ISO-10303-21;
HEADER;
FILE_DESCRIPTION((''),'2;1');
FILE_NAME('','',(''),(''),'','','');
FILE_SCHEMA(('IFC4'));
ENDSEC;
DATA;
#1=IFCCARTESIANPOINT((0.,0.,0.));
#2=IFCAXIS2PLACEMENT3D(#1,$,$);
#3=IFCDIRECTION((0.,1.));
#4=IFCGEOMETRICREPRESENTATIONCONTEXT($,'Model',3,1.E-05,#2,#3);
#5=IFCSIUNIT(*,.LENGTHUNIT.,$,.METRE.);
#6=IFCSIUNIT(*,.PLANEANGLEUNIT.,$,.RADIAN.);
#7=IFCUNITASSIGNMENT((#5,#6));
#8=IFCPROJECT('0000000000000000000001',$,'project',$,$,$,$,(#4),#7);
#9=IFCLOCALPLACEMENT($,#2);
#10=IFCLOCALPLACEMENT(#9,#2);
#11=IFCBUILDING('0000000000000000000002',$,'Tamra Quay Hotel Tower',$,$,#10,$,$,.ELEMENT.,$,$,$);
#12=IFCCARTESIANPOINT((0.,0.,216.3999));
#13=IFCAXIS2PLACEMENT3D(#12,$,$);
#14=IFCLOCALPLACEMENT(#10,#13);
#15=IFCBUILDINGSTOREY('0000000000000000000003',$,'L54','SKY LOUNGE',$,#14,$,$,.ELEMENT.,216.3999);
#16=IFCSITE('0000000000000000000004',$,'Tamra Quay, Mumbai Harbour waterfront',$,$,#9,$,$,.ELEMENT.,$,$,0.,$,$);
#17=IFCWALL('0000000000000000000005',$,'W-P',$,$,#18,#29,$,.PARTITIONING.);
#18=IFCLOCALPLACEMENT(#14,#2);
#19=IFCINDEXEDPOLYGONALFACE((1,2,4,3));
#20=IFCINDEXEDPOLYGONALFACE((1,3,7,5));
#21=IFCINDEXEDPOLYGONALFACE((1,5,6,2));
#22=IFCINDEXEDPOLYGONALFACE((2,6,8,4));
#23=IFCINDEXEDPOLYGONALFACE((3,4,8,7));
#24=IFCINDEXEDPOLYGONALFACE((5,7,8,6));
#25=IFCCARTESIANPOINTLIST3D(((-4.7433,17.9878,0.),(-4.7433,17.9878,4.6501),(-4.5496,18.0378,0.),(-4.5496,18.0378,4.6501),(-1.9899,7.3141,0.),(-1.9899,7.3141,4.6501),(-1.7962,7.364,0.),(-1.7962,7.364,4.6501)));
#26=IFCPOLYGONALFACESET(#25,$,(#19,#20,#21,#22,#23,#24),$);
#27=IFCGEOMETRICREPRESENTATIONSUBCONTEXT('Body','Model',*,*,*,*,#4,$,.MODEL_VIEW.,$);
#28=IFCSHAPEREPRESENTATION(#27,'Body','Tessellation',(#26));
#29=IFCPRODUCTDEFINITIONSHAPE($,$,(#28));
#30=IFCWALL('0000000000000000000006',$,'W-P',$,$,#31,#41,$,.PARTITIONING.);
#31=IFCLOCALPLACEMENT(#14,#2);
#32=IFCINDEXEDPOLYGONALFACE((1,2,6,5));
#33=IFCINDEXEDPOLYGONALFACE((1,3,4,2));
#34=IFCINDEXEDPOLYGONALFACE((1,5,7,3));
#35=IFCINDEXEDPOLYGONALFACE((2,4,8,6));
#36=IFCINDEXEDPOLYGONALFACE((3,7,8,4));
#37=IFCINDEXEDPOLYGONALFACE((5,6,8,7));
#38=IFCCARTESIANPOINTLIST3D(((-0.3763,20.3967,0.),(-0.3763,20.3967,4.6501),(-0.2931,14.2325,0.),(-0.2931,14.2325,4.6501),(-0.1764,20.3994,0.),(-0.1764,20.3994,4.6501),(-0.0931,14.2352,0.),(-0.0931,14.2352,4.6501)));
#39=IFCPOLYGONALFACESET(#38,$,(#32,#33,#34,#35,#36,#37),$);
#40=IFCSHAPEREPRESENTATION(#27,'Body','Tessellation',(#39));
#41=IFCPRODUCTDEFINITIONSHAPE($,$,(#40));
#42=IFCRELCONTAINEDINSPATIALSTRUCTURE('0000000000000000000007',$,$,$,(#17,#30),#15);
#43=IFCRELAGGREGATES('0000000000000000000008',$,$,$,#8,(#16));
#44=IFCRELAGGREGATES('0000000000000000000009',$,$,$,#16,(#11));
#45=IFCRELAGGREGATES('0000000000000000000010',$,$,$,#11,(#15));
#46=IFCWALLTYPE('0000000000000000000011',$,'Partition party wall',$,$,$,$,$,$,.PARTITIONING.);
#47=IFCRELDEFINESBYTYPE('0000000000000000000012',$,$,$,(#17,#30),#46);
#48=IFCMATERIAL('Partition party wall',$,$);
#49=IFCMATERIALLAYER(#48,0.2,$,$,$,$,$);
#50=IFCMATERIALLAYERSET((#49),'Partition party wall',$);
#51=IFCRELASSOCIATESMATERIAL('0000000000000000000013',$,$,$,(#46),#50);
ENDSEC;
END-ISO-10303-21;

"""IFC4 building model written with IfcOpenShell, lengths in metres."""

from ifc_helpers import new_model, si_unit, direction, frame, frame_2d, origin, place, context, subcontext, project, spatial, rectangle, extrude, material, layer, layer_set, type_object, element, save


model = new_model("IFC4")

# Units and contexts
model_context = context("Model", 3, precision=1e-05, world=origin(), true_north=direction((0.0, 1.0)))
body_context = subcontext(model_context, "Body", "Model", "MODEL_VIEW")
ifc_project = project(units=[si_unit("LENGTHUNIT", "METRE"), si_unit("PLANEANGLEUNIT", "RADIAN")], contexts=[model_context])

# Site, building, storey
site_placement = place(None, origin())
site = spatial("IfcSite", under=ifc_project, at=site_placement, Name="Tamra Quay, Mumbai Harbour waterfront", CompositionType="ELEMENT", RefElevation=0.0)
building_placement = place(site_placement, origin())
building = spatial("IfcBuilding", under=site, at=building_placement, Name="Tamra Quay Hotel Tower", CompositionType="ELEMENT")
storey_placement = place(building_placement, frame((0.0, 0.0, 216.3999)))
storey = spatial("IfcBuildingStorey", under=building, at=storey_placement, Name="L54", Description="SKY LOUNGE", CompositionType="ELEMENT", Elevation=216.3999)

# Walls
ifc_material_1 = material(Name="Partition party wall")
ifc_layer_1 = layer(ifc_material_1, 0.2)
ifc_layer_set_1 = layer_set([ifc_layer_1], Name="Partition party wall")
wall_type_1 = type_object("IfcWallType", Name="Partition party wall", PredefinedType="PARTITIONING", material=ifc_layer_set_1)
wall_1_placement = place(storey_placement, frame((-4.6465, 18.0129, 0.0), z_axis=(0.0, 0.0, 1.0), x_axis=(0.249783, -0.968302, 0.0)))
element("IfcWall", 1, at=wall_1_placement, inside=storey, type_object=wall_type_1, Name="W-P", PredefinedType="PARTITIONING", context=body_context, shape_type="SweptSolid", body=[
    extrude(rectangle(XDim=11.0232, YDim=0.2, at=frame_2d((5.5117, 0.0))), origin(), (0.0, 0.0, 1.0), 4.6501),
])
wall_2_placement = place(storey_placement, frame((-0.2764, 20.3982, 0.0), z_axis=(0.0, 0.0, 1.0), x_axis=(0.013504, -0.999909, 0.0)))
element("IfcWall", 2, at=wall_2_placement, inside=storey, type_object=wall_type_1, Name="W-P", PredefinedType="PARTITIONING", context=body_context, shape_type="SweptSolid", body=[
    extrude(rectangle(XDim=6.1648, YDim=0.2, at=frame_2d((3.0825, 0.0))), origin(), (0.0, 0.0, 1.0), 4.6501),
])

save(model, "model.ifc")
